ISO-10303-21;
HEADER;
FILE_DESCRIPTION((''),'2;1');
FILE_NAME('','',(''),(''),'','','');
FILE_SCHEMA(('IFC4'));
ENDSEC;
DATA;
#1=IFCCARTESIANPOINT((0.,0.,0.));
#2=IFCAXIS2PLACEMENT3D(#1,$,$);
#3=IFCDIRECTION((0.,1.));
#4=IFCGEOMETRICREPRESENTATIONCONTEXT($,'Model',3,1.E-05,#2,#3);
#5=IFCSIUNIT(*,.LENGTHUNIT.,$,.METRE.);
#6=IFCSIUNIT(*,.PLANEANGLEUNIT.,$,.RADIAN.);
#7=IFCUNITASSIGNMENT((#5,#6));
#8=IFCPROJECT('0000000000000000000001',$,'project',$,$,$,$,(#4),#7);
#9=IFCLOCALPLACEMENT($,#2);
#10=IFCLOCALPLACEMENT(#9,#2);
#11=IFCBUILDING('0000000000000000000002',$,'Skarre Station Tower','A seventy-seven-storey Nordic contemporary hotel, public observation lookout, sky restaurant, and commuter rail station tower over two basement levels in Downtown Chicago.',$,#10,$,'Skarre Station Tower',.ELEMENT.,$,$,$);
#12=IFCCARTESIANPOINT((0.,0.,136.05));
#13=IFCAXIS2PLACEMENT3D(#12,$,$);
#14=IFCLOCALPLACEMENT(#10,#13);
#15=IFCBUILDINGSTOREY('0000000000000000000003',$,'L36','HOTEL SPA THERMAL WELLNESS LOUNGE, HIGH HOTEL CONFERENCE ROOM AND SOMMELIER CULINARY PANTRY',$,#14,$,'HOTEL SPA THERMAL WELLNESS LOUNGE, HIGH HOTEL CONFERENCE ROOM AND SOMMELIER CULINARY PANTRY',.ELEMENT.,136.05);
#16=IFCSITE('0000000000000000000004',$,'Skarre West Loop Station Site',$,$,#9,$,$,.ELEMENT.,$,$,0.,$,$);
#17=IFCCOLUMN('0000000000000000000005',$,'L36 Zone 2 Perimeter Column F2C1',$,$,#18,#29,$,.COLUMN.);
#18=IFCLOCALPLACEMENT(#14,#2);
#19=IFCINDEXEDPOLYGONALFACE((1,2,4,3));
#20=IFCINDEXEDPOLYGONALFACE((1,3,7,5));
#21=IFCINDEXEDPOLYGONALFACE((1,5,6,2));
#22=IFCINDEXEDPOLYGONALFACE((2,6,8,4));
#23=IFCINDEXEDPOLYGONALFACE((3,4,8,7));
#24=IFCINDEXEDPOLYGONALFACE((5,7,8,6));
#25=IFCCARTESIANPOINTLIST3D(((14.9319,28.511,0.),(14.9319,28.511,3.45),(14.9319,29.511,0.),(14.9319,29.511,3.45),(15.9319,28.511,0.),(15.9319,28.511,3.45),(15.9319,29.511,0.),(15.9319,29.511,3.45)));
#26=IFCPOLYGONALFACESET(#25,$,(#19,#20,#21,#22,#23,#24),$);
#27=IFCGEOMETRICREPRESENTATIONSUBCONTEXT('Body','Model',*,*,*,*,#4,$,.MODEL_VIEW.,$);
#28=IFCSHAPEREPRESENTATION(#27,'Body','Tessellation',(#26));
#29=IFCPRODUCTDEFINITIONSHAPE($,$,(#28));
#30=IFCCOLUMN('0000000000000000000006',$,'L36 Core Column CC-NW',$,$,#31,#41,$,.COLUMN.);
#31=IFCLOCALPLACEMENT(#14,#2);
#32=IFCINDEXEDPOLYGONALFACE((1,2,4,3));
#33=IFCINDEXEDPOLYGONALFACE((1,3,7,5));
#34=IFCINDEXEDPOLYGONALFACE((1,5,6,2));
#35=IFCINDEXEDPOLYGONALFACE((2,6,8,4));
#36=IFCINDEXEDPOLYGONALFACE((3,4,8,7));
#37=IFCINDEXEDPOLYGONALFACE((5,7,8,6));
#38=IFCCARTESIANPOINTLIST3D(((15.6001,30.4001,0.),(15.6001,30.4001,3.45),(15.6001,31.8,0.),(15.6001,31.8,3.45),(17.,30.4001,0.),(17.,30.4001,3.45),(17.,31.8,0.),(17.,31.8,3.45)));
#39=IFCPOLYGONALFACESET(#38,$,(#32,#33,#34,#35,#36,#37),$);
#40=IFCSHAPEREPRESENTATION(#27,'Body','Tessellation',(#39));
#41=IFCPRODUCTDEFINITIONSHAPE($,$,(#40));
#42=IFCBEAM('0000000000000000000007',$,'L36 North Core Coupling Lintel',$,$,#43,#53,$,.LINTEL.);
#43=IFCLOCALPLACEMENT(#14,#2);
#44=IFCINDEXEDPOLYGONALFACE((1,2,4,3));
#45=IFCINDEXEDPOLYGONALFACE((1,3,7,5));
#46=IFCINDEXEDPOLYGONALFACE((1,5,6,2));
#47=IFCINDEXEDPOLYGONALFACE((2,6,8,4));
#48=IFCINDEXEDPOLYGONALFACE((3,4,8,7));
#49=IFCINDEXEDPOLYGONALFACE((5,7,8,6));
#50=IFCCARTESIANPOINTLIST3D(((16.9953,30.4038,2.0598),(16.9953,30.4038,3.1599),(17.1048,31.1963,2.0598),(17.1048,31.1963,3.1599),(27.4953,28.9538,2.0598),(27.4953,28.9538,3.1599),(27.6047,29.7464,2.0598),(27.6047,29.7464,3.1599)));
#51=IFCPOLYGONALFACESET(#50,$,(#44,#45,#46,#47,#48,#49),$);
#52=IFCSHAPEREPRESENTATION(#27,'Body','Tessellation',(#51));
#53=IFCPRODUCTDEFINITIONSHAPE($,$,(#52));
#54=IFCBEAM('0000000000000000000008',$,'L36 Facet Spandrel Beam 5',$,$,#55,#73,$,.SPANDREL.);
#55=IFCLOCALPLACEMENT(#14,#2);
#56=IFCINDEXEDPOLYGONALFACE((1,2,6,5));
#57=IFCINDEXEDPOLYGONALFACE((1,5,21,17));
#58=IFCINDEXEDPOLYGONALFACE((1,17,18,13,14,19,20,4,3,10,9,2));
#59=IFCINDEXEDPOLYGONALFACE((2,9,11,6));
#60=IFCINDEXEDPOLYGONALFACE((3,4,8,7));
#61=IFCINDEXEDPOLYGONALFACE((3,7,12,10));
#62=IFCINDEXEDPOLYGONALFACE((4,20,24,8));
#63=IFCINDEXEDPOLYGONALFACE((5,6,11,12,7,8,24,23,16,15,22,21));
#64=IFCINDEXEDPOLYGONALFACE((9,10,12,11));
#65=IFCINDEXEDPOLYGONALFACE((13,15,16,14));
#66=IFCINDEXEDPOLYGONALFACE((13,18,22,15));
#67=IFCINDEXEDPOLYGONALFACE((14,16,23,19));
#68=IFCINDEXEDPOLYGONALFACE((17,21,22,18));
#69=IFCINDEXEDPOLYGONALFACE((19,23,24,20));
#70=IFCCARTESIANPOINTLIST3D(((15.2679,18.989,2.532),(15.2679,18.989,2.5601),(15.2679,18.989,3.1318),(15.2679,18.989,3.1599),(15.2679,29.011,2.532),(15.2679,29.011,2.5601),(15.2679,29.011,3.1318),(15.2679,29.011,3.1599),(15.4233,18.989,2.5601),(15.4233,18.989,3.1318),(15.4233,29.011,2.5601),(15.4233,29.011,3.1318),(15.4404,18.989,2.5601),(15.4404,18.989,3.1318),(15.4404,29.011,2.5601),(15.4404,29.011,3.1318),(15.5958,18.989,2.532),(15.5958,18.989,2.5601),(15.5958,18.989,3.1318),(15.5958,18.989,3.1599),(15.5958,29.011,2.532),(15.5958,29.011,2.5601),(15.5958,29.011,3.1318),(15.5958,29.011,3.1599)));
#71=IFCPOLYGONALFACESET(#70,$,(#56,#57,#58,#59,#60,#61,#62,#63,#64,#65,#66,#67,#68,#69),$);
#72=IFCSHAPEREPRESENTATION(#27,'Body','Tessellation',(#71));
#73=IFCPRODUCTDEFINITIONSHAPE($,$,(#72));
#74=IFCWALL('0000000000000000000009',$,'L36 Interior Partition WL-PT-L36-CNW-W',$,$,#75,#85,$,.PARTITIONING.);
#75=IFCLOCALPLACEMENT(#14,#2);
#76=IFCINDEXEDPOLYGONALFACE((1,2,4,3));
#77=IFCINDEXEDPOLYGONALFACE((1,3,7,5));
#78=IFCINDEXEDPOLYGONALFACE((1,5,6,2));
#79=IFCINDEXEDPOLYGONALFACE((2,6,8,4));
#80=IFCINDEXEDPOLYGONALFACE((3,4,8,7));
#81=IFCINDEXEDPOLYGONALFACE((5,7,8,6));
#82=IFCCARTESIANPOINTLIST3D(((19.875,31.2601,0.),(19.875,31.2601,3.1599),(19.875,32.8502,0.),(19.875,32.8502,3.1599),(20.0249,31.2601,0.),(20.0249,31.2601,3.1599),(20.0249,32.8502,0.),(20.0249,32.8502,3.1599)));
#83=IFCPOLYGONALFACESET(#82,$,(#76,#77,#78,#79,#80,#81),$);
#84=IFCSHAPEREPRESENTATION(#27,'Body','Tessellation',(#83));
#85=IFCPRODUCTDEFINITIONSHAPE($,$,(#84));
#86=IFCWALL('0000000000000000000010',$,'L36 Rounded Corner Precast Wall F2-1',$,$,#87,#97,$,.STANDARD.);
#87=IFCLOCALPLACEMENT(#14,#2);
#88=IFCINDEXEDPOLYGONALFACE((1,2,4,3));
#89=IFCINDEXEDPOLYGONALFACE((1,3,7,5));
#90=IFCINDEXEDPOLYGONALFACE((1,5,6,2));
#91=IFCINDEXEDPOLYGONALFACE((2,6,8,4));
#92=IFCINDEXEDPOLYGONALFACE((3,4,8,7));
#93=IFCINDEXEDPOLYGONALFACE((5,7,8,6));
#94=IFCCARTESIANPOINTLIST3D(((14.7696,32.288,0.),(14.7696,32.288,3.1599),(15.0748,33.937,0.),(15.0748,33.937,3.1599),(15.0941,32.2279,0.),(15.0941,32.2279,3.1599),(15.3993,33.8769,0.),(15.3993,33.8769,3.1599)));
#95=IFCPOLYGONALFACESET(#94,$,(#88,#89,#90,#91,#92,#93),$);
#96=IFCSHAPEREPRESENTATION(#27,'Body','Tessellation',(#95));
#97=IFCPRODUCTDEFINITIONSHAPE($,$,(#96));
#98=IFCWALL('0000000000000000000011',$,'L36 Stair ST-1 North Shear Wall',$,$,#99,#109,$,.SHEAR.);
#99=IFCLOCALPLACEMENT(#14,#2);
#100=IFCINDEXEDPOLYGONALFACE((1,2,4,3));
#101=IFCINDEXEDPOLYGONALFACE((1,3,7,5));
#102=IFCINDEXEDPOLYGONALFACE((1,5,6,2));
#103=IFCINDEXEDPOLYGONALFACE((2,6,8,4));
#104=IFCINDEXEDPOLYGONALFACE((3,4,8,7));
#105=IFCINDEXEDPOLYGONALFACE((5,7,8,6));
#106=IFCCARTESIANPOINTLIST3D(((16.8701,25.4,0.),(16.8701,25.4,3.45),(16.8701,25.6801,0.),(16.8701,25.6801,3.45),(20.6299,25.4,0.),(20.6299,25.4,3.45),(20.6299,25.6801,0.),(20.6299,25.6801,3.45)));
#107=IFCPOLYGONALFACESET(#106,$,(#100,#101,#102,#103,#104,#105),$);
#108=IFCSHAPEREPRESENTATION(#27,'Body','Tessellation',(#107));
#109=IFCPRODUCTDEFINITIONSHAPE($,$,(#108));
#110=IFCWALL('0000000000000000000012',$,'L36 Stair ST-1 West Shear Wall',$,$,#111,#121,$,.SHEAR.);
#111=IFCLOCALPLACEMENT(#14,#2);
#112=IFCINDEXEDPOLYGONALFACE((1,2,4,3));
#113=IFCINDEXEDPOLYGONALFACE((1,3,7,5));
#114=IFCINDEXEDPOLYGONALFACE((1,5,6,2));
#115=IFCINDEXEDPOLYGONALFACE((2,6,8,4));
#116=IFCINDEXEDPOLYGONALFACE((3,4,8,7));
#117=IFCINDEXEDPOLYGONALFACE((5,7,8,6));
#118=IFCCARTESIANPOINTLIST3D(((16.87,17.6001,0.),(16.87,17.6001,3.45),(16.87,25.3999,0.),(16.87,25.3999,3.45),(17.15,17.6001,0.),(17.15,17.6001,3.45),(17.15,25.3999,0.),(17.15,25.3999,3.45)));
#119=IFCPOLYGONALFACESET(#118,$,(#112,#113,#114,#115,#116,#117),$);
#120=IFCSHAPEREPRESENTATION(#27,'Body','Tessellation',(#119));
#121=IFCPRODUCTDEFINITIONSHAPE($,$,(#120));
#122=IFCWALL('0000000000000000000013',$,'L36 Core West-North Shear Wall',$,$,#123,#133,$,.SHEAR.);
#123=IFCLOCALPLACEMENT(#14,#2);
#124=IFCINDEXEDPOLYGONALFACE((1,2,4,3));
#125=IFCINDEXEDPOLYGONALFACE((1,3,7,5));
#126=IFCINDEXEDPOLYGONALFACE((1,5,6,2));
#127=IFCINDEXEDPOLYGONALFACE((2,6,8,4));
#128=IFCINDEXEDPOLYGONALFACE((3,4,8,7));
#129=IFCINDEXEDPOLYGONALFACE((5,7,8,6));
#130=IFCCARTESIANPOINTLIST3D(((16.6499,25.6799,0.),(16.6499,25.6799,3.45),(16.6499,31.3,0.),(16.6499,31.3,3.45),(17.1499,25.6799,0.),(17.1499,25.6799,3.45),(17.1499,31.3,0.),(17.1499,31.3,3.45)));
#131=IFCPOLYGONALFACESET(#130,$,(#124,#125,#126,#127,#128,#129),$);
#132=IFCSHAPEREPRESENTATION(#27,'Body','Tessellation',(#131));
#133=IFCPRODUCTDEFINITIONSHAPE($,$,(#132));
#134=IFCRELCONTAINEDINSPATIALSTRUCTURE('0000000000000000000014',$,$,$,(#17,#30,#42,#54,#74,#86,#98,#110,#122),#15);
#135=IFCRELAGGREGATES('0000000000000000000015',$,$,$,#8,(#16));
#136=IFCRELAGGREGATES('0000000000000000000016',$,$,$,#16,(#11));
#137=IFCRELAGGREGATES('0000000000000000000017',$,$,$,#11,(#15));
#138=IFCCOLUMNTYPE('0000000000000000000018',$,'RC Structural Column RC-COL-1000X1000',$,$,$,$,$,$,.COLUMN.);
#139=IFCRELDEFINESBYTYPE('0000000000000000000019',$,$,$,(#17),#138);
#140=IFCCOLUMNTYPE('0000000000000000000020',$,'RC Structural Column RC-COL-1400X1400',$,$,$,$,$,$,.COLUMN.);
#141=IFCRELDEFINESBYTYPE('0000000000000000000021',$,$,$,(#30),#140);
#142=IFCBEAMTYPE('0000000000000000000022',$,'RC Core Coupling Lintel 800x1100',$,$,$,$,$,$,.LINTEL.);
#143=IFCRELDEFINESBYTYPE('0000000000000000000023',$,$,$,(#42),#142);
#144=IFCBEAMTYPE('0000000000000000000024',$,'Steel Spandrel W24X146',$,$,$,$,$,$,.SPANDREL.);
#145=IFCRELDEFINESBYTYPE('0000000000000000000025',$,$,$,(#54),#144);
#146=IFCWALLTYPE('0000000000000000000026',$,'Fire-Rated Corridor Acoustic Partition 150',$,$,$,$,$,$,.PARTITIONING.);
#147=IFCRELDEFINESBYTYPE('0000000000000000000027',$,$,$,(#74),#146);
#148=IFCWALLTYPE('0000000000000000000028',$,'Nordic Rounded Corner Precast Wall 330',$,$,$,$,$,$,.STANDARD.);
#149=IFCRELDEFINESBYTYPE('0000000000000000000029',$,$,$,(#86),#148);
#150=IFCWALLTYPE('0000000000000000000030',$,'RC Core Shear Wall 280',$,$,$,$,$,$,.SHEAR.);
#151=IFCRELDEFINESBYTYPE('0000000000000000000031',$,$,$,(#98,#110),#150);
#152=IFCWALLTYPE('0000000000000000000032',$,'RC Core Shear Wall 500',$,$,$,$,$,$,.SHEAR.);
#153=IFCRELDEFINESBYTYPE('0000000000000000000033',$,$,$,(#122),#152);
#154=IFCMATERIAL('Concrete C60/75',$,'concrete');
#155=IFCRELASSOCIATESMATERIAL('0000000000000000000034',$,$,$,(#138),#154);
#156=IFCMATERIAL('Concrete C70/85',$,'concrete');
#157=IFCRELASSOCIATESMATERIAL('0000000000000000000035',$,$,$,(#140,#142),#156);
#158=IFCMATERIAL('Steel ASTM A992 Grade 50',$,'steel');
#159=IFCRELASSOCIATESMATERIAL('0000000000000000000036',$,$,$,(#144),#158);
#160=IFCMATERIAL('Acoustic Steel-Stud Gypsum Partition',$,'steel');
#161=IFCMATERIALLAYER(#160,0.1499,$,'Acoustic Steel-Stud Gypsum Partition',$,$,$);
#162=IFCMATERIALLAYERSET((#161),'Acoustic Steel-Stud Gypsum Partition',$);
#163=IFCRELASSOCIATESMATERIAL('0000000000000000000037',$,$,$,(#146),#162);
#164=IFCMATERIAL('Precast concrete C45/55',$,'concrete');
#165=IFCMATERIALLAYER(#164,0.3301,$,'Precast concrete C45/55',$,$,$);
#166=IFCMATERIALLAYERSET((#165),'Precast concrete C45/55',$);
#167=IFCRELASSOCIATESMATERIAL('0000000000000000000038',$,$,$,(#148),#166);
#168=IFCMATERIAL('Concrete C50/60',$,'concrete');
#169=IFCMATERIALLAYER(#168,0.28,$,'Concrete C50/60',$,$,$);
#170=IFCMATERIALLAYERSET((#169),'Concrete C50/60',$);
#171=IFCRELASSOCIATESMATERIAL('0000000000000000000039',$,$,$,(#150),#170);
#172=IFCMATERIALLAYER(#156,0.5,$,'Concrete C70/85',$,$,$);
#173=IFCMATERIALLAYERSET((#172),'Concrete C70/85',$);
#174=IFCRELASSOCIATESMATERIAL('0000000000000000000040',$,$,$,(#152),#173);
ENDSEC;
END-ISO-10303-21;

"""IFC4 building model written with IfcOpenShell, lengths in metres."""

from ifc_helpers import new_model, si_unit, direction, frame, frame_2d, origin, origin_2d, place, context, subcontext, project, spatial, rectangle, i_section, extrude, material, layer, layer_set, material_profile, profile_set, type_object, element, save


model = new_model("IFC4")

# Units and contexts
model_context = context("Model", 3, precision=1e-05, world=origin(), true_north=direction((0.0, 1.0)))
body_context = subcontext(model_context, "Body", "Model", "MODEL_VIEW")
ifc_project = project(units=[si_unit("LENGTHUNIT", "METRE"), si_unit("PLANEANGLEUNIT", "RADIAN")], contexts=[model_context])

# Site, building, storey
site_placement = place(None, origin())
site = spatial("IfcSite", under=ifc_project, at=site_placement, Name="Skarre West Loop Station Site", CompositionType="ELEMENT", RefElevation=0.0)
building_placement = place(site_placement, origin())
building = spatial("IfcBuilding", under=site, at=building_placement, Name="Skarre Station Tower", Description="A seventy-seven-storey Nordic contemporary hotel, public observation lookout, sky restaurant, and commuter rail station tower over two basement levels in Downtown Chicago.", LongName="Skarre Station Tower", CompositionType="ELEMENT")
storey_placement = place(building_placement, frame((0.0, 0.0, 136.05)))
storey = spatial("IfcBuildingStorey", under=building, at=storey_placement, Name="L36", Description="HOTEL SPA THERMAL WELLNESS LOUNGE, HIGH HOTEL CONFERENCE ROOM AND SOMMELIER CULINARY PANTRY", LongName="HOTEL SPA THERMAL WELLNESS LOUNGE, HIGH HOTEL CONFERENCE ROOM AND SOMMELIER CULINARY PANTRY", CompositionType="ELEMENT", Elevation=136.05)

# Columns
ifc_material_1 = material(Name="Concrete C60/75", Category="concrete")
ifc_material_profile_1 = material_profile(ifc_material_1, rectangle(XDim=1.0, YDim=1.0, at=origin_2d()), Name="Concrete C60/75")
ifc_profile_set_1 = profile_set([ifc_material_profile_1], Name="Concrete C60/75")
column_type_1 = type_object("IfcColumnType", Name="RC Structural Column RC-COL-1000X1000", PredefinedType="COLUMN", material=ifc_profile_set_1)
column_1_placement = place(storey_placement, frame((15.4319, 29.011, 0.0), z_axis=(0.0, 0.0, 1.0), x_axis=(1.0, 0.0, 0.0)))
element("IfcColumn", 1, at=column_1_placement, inside=storey, type_object=column_type_1, Name="L36 Zone 2 Perimeter Column F2C1", PredefinedType="COLUMN", context=body_context, shape_type="SweptSolid", body=[
    extrude(rectangle(XDim=1.0, YDim=1.0, at=origin_2d()), origin(), (0.0, 0.0, 1.0), 3.45),
])
ifc_material_2 = material(Name="Concrete C70/85", Category="concrete")
ifc_material_profile_2 = material_profile(ifc_material_2, rectangle(XDim=1.3999, YDim=1.3999, at=origin_2d()), Name="Concrete C70/85")
ifc_profile_set_2 = profile_set([ifc_material_profile_2], Name="Concrete C70/85")
column_type_2 = type_object("IfcColumnType", Name="RC Structural Column RC-COL-1400X1400", PredefinedType="COLUMN", material=ifc_profile_set_2)
column_2_placement = place(storey_placement, frame((16.3, 31.1001, 0.0), z_axis=(0.0, 0.0, 1.0), x_axis=(1.0, 0.0, 0.0)))
element("IfcColumn", 2, at=column_2_placement, inside=storey, type_object=column_type_2, Name="L36 Core Column CC-NW", PredefinedType="COLUMN", context=body_context, shape_type="SweptSolid", body=[
    extrude(rectangle(XDim=1.3999, YDim=1.3999, at=origin_2d()), origin(), (0.0, 0.0, 1.0), 3.45),
])

# Beams
ifc_material_profile_3 = material_profile(ifc_material_2, rectangle(XDim=0.8, YDim=1.1001, at=origin_2d()), Name="Concrete C70/85")
ifc_profile_set_3 = profile_set([ifc_material_profile_3], Name="Concrete C70/85")
beam_type_1 = type_object("IfcBeamType", Name="RC Core Coupling Lintel 800x1100", PredefinedType="LINTEL", material=ifc_profile_set_3)
beam_1_placement = place(storey_placement, frame((17.05, 30.8, 2.6099), z_axis=(0.9906, -0.136792, 0.0), x_axis=(0.136792, 0.9906, 0.0)))
element("IfcBeam", 3, at=beam_1_placement, inside=storey, type_object=beam_type_1, Name="L36 North Core Coupling Lintel", PredefinedType="LINTEL", context=body_context, shape_type="SweptSolid", body=[
    extrude(rectangle(XDim=0.8, YDim=1.1001, at=origin_2d()), origin(), (0.0, 0.0, 1.0), 10.5996),
])
ifc_material_3 = material(Name="Steel ASTM A992 Grade 50", Category="steel")
ifc_material_profile_4 = material_profile(ifc_material_3, i_section(OverallWidth=0.3279, OverallDepth=0.6279, WebThickness=0.0171, FlangeThickness=0.0281, at=origin_2d()), Name="Steel ASTM A992 Grade 50")
ifc_profile_set_4 = profile_set([ifc_material_profile_4], Name="Steel ASTM A992 Grade 50")
beam_type_2 = type_object("IfcBeamType", Name="Steel Spandrel W24X146", PredefinedType="SPANDREL", material=ifc_profile_set_4)
beam_2_placement = place(storey_placement, frame((15.4319, 29.011, 2.8459), z_axis=(0.0, -1.0, 0.0), x_axis=(1.0, 0.0, 0.0)))
element("IfcBeam", 4, at=beam_2_placement, inside=storey, type_object=beam_type_2, Name="L36 Facet Spandrel Beam 5", PredefinedType="SPANDREL", context=body_context, shape_type="SweptSolid", body=[
    extrude(i_section(OverallWidth=0.3279, OverallDepth=0.6279, WebThickness=0.0171, FlangeThickness=0.0281, at=origin_2d()), origin(), (0.0, 0.0, 1.0), 10.022),
])

# Walls
ifc_material_4 = material(Name="Acoustic Steel-Stud Gypsum Partition", Category="steel")
ifc_layer_1 = layer(ifc_material_4, 0.1499, Name="Acoustic Steel-Stud Gypsum Partition")
ifc_layer_set_1 = layer_set([ifc_layer_1], Name="Acoustic Steel-Stud Gypsum Partition")
wall_type_1 = type_object("IfcWallType", Name="Fire-Rated Corridor Acoustic Partition 150", PredefinedType="PARTITIONING", material=ifc_layer_set_1)
wall_1_placement = place(storey_placement, frame((19.95, 32.8501, 0.0), z_axis=(0.0, 0.0, 1.0), x_axis=(0.0, -1.0, 0.0)))
element("IfcWall", 5, at=wall_1_placement, inside=storey, type_object=wall_type_1, Name="L36 Interior Partition WL-PT-L36-CNW-W", PredefinedType="PARTITIONING", context=body_context, shape_type="SweptSolid", body=[
    extrude(rectangle(XDim=1.5901, YDim=0.1499, at=frame_2d((0.7949, 0.0))), origin(), (0.0, 0.0, 1.0), 3.1599),
])
ifc_material_5 = material(Name="Precast concrete C45/55", Category="concrete")
ifc_layer_2 = layer(ifc_material_5, 0.3301, Name="Precast concrete C45/55")
ifc_layer_set_2 = layer_set([ifc_layer_2], Name="Precast concrete C45/55")
wall_type_2 = type_object("IfcWallType", Name="Nordic Rounded Corner Precast Wall 330", PredefinedType="STANDARD", material=ifc_layer_set_2)
wall_2_placement = place(storey_placement, frame((14.9319, 32.2581, 0.0), z_axis=(0.0, 0.0, 1.0), x_axis=(0.181985, 0.983301, 0.0)))
element("IfcWall", 6, at=wall_2_placement, inside=storey, type_object=wall_type_2, Name="L36 Rounded Corner Precast Wall F2-1", PredefinedType="STANDARD", context=body_context, shape_type="SweptSolid", body=[
    extrude(rectangle(XDim=1.677, YDim=0.3301, at=frame_2d((0.8384, 0.0))), origin(), (0.0, 0.0, 1.0), 3.1599),
])
ifc_material_6 = material(Name="Concrete C50/60", Category="concrete")
ifc_layer_3 = layer(ifc_material_6, 0.28, Name="Concrete C50/60")
ifc_layer_set_3 = layer_set([ifc_layer_3], Name="Concrete C50/60")
wall_type_3 = type_object("IfcWallType", Name="RC Core Shear Wall 280", PredefinedType="SHEAR", material=ifc_layer_set_3)
wall_3_placement = place(storey_placement, frame((20.6299, 25.54, 0.0), z_axis=(0.0, 0.0, 1.0), x_axis=(-1.0, 0.0, 0.0)))
element("IfcWall", 7, at=wall_3_placement, inside=storey, type_object=wall_type_3, Name="L36 Stair ST-1 North Shear Wall", PredefinedType="SHEAR", context=body_context, shape_type="SweptSolid", body=[
    extrude(rectangle(XDim=3.7598, YDim=0.28, at=frame_2d((1.8799, 0.0))), origin(), (0.0, 0.0, 1.0), 3.45),
])
wall_4_placement = place(storey_placement, frame((17.01, 25.3999, 0.0), z_axis=(0.0, 0.0, 1.0), x_axis=(0.0, -1.0, 0.0)))
element("IfcWall", 8, at=wall_4_placement, inside=storey, type_object=wall_type_3, Name="L36 Stair ST-1 West Shear Wall", PredefinedType="SHEAR", context=body_context, shape_type="SweptSolid", body=[
    extrude(rectangle(XDim=7.7998, YDim=0.28, at=frame_2d((3.8999, 0.0))), origin(), (0.0, 0.0, 1.0), 3.45),
])
ifc_layer_4 = layer(ifc_material_2, 0.5, Name="Concrete C70/85")
ifc_layer_set_4 = layer_set([ifc_layer_4], Name="Concrete C70/85")
wall_type_4 = type_object("IfcWallType", Name="RC Core Shear Wall 500", PredefinedType="SHEAR", material=ifc_layer_set_4)
wall_5_placement = place(storey_placement, frame((16.8999, 25.6799, 0.0), z_axis=(0.0, 0.0, 1.0), x_axis=(0.0, 1.0, 0.0)))
element("IfcWall", 9, at=wall_5_placement, inside=storey, type_object=wall_type_4, Name="L36 Core West-North Shear Wall", PredefinedType="SHEAR", context=body_context, shape_type="SweptSolid", body=[
    extrude(rectangle(XDim=5.6201, YDim=0.5, at=frame_2d((2.8101, 0.0))), origin(), (0.0, 0.0, 1.0), 3.45),
])

save(model, "model.ifc")
